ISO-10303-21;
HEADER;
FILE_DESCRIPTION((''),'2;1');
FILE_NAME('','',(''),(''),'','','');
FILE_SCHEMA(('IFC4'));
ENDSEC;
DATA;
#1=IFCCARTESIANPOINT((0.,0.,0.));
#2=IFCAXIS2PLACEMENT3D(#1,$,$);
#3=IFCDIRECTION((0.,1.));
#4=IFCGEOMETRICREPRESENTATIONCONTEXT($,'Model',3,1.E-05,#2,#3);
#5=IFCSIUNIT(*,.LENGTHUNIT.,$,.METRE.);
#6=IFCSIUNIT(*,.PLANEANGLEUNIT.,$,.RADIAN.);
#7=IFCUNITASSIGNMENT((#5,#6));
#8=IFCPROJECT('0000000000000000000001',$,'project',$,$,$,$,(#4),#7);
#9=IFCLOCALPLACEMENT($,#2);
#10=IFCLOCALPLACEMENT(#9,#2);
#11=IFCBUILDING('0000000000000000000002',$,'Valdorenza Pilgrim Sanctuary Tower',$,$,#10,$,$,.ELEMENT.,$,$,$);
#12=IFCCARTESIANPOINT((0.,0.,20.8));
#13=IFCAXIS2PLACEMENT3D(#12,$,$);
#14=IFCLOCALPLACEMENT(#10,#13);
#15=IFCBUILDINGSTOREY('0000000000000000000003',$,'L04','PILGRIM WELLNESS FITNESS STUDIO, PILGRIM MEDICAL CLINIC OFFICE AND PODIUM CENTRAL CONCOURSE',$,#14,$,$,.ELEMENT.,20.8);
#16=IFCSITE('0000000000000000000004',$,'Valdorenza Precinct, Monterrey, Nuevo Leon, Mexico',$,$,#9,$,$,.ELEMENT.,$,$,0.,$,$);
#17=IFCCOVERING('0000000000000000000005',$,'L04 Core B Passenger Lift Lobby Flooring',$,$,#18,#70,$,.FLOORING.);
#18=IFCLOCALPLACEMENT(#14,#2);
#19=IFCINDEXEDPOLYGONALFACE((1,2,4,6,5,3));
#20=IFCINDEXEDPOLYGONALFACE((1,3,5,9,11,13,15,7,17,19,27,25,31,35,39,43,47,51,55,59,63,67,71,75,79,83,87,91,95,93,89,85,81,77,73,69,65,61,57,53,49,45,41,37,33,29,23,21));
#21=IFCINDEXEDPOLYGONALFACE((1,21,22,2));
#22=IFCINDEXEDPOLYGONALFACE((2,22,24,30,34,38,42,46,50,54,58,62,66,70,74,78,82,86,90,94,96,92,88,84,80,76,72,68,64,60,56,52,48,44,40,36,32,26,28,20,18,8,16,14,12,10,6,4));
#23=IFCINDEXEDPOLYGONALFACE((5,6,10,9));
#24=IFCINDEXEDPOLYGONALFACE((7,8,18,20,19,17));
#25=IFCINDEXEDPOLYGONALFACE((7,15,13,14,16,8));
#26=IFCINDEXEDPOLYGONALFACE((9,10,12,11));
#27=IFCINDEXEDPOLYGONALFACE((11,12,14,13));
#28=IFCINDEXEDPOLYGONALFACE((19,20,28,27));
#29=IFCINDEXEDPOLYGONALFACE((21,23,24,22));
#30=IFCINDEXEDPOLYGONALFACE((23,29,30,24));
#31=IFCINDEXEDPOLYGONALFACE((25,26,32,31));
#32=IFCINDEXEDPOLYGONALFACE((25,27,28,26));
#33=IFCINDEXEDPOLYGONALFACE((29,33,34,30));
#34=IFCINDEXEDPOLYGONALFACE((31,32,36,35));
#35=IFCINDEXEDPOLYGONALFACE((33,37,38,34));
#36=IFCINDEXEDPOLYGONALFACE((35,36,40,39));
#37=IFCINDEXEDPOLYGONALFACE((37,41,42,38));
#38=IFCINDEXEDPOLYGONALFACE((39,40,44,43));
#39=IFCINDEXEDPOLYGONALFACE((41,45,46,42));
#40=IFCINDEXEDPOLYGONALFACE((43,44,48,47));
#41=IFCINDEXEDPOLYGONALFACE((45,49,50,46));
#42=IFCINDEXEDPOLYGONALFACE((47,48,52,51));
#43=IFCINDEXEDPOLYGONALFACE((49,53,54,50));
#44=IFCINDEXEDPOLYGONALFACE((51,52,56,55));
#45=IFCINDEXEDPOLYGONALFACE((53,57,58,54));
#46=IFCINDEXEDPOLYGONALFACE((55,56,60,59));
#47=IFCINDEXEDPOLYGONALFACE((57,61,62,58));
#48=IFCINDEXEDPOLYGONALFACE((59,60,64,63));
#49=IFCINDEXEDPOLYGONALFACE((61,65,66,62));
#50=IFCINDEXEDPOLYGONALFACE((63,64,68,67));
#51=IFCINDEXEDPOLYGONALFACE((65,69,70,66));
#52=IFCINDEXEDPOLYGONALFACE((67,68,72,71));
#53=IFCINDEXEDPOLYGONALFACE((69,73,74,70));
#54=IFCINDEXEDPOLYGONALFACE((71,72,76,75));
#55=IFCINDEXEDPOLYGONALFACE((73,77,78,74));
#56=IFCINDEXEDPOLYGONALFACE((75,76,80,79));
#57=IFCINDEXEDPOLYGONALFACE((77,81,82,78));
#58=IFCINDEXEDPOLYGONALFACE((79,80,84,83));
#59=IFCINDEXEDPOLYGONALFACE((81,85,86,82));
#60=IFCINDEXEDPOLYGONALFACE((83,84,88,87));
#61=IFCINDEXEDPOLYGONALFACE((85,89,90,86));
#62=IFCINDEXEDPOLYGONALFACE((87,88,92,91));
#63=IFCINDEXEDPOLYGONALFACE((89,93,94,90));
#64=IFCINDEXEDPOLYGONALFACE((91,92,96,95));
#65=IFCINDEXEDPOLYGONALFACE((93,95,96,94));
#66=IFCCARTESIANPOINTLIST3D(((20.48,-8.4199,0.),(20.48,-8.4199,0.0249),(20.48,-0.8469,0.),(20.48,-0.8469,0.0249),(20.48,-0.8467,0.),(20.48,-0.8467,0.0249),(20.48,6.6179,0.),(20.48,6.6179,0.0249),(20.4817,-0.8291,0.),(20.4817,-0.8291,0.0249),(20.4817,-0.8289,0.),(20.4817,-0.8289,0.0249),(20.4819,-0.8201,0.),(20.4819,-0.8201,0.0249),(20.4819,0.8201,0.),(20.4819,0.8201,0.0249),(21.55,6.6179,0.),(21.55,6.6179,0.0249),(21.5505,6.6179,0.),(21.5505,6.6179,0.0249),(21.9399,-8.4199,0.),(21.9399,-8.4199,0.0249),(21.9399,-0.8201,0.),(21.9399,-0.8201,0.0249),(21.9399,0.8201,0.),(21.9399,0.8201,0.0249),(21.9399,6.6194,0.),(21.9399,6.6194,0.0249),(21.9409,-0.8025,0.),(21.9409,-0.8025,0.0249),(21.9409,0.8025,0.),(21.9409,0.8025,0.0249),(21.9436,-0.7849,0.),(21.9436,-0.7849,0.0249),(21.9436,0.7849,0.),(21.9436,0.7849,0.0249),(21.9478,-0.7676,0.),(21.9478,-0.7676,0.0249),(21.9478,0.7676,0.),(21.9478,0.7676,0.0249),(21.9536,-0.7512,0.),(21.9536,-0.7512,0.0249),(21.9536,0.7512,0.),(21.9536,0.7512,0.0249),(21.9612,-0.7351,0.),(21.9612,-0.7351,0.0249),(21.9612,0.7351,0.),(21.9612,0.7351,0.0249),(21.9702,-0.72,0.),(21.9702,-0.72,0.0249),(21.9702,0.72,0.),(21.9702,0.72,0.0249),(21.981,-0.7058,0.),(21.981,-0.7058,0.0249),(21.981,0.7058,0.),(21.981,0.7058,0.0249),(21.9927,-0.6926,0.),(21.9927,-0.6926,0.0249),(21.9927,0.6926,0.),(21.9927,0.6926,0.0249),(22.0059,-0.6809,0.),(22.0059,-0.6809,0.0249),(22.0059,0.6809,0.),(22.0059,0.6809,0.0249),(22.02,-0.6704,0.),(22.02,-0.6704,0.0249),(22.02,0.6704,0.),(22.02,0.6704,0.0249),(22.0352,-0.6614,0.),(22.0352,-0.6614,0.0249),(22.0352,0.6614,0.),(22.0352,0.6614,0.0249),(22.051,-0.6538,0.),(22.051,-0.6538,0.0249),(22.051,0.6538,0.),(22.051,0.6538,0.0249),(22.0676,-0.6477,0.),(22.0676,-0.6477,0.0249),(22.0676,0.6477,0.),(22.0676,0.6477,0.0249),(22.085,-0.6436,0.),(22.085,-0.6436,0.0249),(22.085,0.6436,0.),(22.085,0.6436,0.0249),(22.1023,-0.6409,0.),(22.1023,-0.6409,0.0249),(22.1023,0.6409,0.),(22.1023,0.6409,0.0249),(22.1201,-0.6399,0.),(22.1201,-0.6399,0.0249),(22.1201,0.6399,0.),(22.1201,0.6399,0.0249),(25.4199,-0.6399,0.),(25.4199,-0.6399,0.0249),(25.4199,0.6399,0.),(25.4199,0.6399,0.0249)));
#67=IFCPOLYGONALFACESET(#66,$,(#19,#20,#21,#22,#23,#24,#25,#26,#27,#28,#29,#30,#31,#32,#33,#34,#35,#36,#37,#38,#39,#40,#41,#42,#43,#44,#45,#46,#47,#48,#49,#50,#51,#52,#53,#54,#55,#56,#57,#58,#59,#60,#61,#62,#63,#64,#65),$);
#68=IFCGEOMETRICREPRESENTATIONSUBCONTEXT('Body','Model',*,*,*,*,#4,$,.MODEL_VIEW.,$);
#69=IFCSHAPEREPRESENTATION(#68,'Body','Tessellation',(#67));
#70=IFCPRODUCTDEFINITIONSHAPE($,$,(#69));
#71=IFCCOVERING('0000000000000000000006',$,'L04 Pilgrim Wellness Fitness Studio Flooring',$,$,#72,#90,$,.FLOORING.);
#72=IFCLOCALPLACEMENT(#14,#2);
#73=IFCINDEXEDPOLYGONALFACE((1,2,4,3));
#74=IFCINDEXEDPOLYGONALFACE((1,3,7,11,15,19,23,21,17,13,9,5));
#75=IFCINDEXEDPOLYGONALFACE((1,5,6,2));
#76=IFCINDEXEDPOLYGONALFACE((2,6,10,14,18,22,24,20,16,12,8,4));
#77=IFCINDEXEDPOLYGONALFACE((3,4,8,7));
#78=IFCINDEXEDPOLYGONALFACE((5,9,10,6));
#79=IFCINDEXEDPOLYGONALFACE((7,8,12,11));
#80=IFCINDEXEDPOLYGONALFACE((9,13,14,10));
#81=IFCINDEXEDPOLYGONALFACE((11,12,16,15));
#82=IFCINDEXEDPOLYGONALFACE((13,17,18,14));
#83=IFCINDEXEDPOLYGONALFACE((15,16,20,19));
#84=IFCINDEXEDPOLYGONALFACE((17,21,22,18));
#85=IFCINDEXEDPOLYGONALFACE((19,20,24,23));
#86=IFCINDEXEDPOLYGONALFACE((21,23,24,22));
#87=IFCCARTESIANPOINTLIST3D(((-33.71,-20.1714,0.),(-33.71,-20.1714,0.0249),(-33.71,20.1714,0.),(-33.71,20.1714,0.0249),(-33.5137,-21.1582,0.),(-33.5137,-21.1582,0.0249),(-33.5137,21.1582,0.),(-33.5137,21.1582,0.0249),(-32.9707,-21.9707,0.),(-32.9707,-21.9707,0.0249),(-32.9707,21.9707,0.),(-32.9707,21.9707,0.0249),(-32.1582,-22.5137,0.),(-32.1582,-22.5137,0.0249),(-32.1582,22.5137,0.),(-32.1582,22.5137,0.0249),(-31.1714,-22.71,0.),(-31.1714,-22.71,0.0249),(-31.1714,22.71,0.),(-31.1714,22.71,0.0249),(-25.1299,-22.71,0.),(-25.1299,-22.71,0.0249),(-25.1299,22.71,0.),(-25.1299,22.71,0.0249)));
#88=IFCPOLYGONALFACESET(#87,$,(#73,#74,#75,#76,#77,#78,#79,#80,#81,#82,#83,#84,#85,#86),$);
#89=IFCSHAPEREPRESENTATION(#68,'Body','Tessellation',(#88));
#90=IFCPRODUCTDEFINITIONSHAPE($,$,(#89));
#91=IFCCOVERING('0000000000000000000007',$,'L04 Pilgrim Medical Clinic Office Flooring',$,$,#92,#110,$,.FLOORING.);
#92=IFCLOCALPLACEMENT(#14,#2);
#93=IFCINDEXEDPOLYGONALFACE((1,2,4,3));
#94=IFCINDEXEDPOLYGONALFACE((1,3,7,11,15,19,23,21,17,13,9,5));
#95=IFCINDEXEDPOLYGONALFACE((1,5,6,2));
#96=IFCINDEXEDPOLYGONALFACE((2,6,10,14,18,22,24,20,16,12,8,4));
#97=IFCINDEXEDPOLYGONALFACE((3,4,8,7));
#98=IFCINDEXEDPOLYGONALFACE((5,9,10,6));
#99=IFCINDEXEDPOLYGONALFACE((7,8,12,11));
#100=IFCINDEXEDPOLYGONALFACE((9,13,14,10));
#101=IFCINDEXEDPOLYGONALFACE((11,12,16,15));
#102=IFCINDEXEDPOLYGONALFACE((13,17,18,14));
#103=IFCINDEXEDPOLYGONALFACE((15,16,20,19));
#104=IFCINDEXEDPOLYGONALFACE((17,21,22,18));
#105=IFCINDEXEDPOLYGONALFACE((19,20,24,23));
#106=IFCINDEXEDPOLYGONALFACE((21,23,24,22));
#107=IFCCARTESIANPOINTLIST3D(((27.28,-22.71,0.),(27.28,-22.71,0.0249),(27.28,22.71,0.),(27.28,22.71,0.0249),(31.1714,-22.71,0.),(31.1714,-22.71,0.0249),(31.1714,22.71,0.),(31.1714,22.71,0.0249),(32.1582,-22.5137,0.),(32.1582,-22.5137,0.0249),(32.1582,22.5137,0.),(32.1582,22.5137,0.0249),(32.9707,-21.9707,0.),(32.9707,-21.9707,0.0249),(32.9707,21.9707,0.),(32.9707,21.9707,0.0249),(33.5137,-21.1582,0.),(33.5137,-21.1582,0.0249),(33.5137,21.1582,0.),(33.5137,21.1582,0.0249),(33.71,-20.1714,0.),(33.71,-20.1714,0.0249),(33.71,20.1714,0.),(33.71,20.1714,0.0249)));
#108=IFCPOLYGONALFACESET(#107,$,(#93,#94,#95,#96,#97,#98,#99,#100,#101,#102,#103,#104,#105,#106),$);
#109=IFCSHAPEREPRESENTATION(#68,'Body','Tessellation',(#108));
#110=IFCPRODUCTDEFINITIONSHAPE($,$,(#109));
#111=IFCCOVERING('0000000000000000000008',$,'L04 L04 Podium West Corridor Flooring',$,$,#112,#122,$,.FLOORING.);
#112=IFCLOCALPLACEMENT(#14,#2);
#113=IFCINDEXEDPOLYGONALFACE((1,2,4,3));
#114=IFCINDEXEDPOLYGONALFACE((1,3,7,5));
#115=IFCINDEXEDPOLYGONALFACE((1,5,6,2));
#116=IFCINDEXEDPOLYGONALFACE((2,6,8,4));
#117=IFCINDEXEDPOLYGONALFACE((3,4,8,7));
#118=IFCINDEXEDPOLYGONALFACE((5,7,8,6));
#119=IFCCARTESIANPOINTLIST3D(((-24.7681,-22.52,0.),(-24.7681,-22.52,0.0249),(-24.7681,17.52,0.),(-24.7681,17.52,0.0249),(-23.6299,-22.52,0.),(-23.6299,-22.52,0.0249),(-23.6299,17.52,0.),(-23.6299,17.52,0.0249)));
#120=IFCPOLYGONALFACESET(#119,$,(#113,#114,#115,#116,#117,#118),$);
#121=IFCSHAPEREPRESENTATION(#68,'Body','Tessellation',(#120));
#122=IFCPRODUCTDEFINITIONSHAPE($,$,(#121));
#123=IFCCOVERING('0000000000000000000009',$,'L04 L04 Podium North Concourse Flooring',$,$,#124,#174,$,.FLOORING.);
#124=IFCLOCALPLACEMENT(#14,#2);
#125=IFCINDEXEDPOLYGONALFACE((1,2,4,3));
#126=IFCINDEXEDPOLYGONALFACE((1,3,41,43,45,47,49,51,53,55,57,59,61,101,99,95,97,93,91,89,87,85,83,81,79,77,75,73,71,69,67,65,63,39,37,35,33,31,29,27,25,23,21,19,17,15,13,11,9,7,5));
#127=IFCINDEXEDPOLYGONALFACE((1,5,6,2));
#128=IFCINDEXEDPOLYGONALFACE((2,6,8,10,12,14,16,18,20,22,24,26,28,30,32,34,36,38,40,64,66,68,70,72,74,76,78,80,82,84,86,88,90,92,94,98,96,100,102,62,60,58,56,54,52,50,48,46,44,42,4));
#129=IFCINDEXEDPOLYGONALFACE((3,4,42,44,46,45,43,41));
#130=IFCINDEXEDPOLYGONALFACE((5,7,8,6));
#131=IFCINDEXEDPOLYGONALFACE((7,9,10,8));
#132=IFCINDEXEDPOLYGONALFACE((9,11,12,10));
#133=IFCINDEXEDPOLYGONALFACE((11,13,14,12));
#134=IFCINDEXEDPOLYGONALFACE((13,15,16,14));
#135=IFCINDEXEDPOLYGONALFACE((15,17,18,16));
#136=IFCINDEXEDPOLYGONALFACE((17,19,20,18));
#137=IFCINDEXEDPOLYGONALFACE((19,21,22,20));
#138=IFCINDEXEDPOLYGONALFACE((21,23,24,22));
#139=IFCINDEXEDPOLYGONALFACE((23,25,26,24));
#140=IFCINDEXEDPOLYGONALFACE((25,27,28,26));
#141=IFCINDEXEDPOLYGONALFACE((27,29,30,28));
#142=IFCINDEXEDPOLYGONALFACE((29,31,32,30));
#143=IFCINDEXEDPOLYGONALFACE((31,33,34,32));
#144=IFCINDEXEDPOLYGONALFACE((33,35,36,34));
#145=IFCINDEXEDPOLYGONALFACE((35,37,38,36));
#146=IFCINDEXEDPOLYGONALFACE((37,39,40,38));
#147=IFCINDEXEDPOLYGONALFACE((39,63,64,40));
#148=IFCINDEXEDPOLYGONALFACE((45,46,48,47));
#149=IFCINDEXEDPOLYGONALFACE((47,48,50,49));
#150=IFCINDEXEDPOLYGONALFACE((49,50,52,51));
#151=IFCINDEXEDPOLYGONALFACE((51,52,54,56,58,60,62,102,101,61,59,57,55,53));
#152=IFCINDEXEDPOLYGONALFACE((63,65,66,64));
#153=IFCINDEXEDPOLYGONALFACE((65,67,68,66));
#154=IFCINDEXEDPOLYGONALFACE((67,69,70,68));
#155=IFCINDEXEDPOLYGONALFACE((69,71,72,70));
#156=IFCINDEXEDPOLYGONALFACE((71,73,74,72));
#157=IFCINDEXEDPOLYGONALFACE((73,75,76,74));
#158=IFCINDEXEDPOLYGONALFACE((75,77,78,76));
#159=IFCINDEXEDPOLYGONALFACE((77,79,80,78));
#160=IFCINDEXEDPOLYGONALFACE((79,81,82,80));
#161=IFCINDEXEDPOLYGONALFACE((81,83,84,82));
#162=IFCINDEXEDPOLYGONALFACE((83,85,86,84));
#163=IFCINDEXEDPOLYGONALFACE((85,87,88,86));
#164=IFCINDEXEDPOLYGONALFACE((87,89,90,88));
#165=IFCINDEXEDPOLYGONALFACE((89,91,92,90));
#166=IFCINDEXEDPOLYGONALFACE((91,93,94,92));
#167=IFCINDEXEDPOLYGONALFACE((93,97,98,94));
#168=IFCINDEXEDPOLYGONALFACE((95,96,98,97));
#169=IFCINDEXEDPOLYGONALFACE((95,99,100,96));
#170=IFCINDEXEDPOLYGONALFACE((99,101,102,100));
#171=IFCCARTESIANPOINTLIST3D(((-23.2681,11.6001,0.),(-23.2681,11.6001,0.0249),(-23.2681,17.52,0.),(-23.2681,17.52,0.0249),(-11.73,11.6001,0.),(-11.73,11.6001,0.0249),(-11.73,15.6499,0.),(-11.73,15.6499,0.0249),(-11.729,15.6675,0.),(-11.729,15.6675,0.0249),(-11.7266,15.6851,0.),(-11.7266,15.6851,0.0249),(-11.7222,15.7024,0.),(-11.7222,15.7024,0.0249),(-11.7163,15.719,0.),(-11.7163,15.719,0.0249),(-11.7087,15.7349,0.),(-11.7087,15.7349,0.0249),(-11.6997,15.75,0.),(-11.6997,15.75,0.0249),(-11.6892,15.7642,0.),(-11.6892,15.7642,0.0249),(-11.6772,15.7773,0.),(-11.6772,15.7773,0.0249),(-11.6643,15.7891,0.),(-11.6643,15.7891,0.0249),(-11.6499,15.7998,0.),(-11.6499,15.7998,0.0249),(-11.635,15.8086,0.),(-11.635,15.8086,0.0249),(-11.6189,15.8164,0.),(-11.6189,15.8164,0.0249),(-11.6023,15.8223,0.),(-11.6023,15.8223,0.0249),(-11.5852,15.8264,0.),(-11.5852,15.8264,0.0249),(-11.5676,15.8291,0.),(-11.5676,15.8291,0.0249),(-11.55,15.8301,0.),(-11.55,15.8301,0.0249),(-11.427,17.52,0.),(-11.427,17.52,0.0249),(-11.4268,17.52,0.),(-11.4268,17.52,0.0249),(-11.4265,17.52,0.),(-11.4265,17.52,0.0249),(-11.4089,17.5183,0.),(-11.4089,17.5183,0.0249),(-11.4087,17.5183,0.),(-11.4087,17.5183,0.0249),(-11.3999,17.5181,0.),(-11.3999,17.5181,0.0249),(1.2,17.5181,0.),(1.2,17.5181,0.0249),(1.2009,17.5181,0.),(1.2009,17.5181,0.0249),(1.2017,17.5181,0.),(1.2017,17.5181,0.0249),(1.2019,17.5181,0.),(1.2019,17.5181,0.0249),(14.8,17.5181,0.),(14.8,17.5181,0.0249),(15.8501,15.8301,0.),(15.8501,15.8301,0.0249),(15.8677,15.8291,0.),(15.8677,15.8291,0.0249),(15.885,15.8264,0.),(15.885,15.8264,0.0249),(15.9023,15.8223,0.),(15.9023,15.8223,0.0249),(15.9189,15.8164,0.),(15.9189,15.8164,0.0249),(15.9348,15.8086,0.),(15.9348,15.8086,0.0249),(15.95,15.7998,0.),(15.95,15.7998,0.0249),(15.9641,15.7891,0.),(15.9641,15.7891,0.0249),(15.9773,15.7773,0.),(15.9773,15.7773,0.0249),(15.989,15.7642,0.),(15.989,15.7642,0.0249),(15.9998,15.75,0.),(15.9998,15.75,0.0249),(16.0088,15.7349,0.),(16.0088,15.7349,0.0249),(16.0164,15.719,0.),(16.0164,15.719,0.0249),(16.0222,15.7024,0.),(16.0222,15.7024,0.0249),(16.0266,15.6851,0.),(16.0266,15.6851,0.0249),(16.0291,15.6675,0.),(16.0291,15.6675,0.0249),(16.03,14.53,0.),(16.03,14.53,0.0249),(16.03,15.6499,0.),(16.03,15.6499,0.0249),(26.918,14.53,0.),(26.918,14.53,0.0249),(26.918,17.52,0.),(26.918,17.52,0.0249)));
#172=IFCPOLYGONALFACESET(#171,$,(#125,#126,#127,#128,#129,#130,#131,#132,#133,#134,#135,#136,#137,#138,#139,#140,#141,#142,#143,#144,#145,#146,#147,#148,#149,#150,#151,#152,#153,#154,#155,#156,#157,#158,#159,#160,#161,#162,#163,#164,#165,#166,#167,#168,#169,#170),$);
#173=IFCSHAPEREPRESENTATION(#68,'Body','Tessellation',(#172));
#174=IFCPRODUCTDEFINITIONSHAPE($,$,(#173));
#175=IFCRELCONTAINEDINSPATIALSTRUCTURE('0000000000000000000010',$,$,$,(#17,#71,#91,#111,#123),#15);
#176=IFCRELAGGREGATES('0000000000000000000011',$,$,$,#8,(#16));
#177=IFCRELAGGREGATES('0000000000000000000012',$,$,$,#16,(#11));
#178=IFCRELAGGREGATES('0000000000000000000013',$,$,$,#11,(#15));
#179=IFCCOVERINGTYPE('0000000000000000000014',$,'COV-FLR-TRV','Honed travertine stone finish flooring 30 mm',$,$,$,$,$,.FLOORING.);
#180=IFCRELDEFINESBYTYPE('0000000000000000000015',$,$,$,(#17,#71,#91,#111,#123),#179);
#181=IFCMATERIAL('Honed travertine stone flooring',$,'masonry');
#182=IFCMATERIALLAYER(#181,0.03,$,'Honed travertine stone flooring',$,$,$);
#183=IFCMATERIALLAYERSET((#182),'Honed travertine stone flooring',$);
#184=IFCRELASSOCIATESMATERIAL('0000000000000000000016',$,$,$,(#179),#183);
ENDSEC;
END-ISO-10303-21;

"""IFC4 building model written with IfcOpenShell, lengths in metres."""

from ifc_helpers import new_model, si_unit, direction, frame, origin, place, context, subcontext, project, spatial, polyline, outline, extrude, material, layer, layer_set, type_object, element, save


model = new_model("IFC4")

# Units and contexts
model_context = context("Model", 3, precision=1e-05, world=origin(), true_north=direction((0.0, 1.0)))
body_context = subcontext(model_context, "Body", "Model", "MODEL_VIEW")
ifc_project = project(units=[si_unit("LENGTHUNIT", "METRE"), si_unit("PLANEANGLEUNIT", "RADIAN")], contexts=[model_context])

# Site, building, storey
site_placement = place(None, origin())
site = spatial("IfcSite", under=ifc_project, at=site_placement, Name="Valdorenza Precinct, Monterrey, Nuevo Leon, Mexico", CompositionType="ELEMENT", RefElevation=0.0)
building_placement = place(site_placement, origin())
building = spatial("IfcBuilding", under=site, at=building_placement, Name="Valdorenza Pilgrim Sanctuary Tower", CompositionType="ELEMENT")
storey_placement = place(building_placement, frame((0.0, 0.0, 20.8)))
storey = spatial("IfcBuildingStorey", under=building, at=storey_placement, Name="L04", Description="PILGRIM WELLNESS FITNESS STUDIO, PILGRIM MEDICAL CLINIC OFFICE AND PODIUM CENTRAL CONCOURSE", CompositionType="ELEMENT", Elevation=20.8)

# Coverings
ifc_material_1 = material(Name="Honed travertine stone flooring", Category="masonry")
ifc_layer_1 = layer(ifc_material_1, 0.03, Name="Honed travertine stone flooring")
ifc_layer_set_1 = layer_set([ifc_layer_1], Name="Honed travertine stone flooring")
covering_type_1 = type_object("IfcCoveringType", Name="COV-FLR-TRV", Description="Honed travertine stone finish flooring 30 mm", PredefinedType="FLOORING", material=ifc_layer_set_1)
covering_1_placement = place(storey_placement, origin())
element("IfcCovering", 1, at=covering_1_placement, inside=storey, type_object=covering_type_1, Name="L04 Core B Passenger Lift Lobby Flooring", PredefinedType="FLOORING", context=body_context, shape_type="SweptSolid", body=[
    extrude(outline(polyline([(20.48, 6.6179), (21.55, 6.6179), (21.5505, 6.6179), (21.9399, 6.6194), (21.9399, 0.8201), (21.9409, 0.8025), (21.9436, 0.7849), (21.9478, 0.7676), (21.9536, 0.7512), (21.9612, 0.7351), (21.9702, 0.72), (21.981, 0.7058), (21.9927, 0.6926), (22.0059, 0.6809), (22.02, 0.6704), (22.0352, 0.6614), (22.051, 0.6538), (22.0676, 0.6477), (22.085, 0.6436), (22.1023, 0.6409), (22.1201, 0.6399), (25.4199, 0.6399), (25.4199, -0.6399), (22.1201, -0.6399), (22.1023, -0.6409), (22.085, -0.6436), (22.0676, -0.6477), (22.051, -0.6538), (22.0352, -0.6614), (22.02, -0.6704), (22.0059, -0.6809), (21.9927, -0.6926), (21.981, -0.7058), (21.9702, -0.72), (21.9612, -0.7351), (21.9536, -0.7512), (21.9478, -0.7676), (21.9436, -0.7849), (21.9409, -0.8025), (21.9399, -0.8201), (21.9399, -8.4199), (20.48, -8.4199), (20.48, -0.8469), (20.48, -0.8467), (20.48, -0.8467), (20.4817, -0.8291), (20.4817, -0.8289), (20.4819, -0.8201), (20.4819, 0.8201), (20.48, 6.6179)])), origin(), (0.0, 0.0, 1.0), 0.0249),
])
covering_2_placement = place(storey_placement, origin())
element("IfcCovering", 2, at=covering_2_placement, inside=storey, type_object=covering_type_1, Name="L04 Pilgrim Wellness Fitness Studio Flooring", PredefinedType="FLOORING", context=body_context, shape_type="SweptSolid", body=[
    extrude(outline(polyline([(-31.1714, -22.71), (-32.1582, -22.5137), (-32.9707, -21.9707), (-33.5137, -21.1582), (-33.71, -20.1714), (-33.71, 20.1714), (-33.5137, 21.1582), (-32.9707, 21.9707), (-32.1582, 22.5137), (-31.1714, 22.71), (-25.1299, 22.71), (-25.1299, -22.71), (-31.1714, -22.71)])), origin(), (0.0, 0.0, 1.0), 0.0249),
])
covering_3_placement = place(storey_placement, origin())
element("IfcCovering", 3, at=covering_3_placement, inside=storey, type_object=covering_type_1, Name="L04 Pilgrim Medical Clinic Office Flooring", PredefinedType="FLOORING", context=body_context, shape_type="SweptSolid", body=[
    extrude(outline(polyline([(31.1714, 22.71), (32.1582, 22.5137), (32.9707, 21.9707), (33.5137, 21.1582), (33.71, 20.1714), (33.71, -20.1714), (33.5137, -21.1582), (32.9707, -21.9707), (32.1582, -22.5137), (31.1714, -22.71), (27.28, -22.71), (27.28, 22.71), (31.1714, 22.71)])), origin(), (0.0, 0.0, 1.0), 0.0249),
])
covering_4_placement = place(storey_placement, origin())
element("IfcCovering", 4, at=covering_4_placement, inside=storey, type_object=covering_type_1, Name="L04 L04 Podium West Corridor Flooring", PredefinedType="FLOORING", context=body_context, shape_type="SweptSolid", body=[
    extrude(outline(polyline([(-23.6299, 17.52), (-23.6299, -22.52), (-24.7681, -22.52), (-24.7681, 17.52), (-23.6299, 17.52)])), origin(), (0.0, 0.0, 1.0), 0.0249),
])
covering_5_placement = place(storey_placement, origin())
element("IfcCovering", 5, at=covering_5_placement, inside=storey, type_object=covering_type_1, Name="L04 L04 Podium North Concourse Flooring", PredefinedType="FLOORING", context=body_context, shape_type="SweptSolid", body=[
    extrude(outline(polyline([(-11.427, 17.52), (-11.4268, 17.52), (-11.4265, 17.52), (-11.4089, 17.5183), (-11.4087, 17.5183), (-11.3999, 17.5181), (1.2, 17.5181), (1.2009, 17.5181), (1.2017, 17.5181), (1.2019, 17.5181), (14.8, 17.5181), (26.918, 17.52), (26.918, 14.53), (16.03, 14.53), (16.03, 15.6499), (16.0291, 15.6675), (16.0266, 15.6851), (16.0222, 15.7024), (16.0164, 15.719), (16.0088, 15.7349), (15.9998, 15.75), (15.989, 15.7642), (15.9773, 15.7773), (15.9641, 15.7891), (15.95, 15.7998), (15.9348, 15.8086), (15.9189, 15.8164), (15.9023, 15.8223), (15.885, 15.8264), (15.8677, 15.8291), (15.8501, 15.8301), (-11.55, 15.8301), (-11.5676, 15.8291), (-11.5852, 15.8264), (-11.6023, 15.8223), (-11.6189, 15.8164), (-11.635, 15.8086), (-11.6499, 15.7998), (-11.6643, 15.7891), (-11.6772, 15.7773), (-11.6892, 15.7642), (-11.6997, 15.75), (-11.7087, 15.7349), (-11.7163, 15.719), (-11.7222, 15.7024), (-11.7266, 15.6851), (-11.729, 15.6675), (-11.73, 15.6499), (-11.73, 11.6001), (-23.2681, 11.6001), (-23.2681, 17.52), (-11.427, 17.52)])), origin(), (0.0, 0.0, 1.0), 0.0249),
])

save(model, "model.ifc")
